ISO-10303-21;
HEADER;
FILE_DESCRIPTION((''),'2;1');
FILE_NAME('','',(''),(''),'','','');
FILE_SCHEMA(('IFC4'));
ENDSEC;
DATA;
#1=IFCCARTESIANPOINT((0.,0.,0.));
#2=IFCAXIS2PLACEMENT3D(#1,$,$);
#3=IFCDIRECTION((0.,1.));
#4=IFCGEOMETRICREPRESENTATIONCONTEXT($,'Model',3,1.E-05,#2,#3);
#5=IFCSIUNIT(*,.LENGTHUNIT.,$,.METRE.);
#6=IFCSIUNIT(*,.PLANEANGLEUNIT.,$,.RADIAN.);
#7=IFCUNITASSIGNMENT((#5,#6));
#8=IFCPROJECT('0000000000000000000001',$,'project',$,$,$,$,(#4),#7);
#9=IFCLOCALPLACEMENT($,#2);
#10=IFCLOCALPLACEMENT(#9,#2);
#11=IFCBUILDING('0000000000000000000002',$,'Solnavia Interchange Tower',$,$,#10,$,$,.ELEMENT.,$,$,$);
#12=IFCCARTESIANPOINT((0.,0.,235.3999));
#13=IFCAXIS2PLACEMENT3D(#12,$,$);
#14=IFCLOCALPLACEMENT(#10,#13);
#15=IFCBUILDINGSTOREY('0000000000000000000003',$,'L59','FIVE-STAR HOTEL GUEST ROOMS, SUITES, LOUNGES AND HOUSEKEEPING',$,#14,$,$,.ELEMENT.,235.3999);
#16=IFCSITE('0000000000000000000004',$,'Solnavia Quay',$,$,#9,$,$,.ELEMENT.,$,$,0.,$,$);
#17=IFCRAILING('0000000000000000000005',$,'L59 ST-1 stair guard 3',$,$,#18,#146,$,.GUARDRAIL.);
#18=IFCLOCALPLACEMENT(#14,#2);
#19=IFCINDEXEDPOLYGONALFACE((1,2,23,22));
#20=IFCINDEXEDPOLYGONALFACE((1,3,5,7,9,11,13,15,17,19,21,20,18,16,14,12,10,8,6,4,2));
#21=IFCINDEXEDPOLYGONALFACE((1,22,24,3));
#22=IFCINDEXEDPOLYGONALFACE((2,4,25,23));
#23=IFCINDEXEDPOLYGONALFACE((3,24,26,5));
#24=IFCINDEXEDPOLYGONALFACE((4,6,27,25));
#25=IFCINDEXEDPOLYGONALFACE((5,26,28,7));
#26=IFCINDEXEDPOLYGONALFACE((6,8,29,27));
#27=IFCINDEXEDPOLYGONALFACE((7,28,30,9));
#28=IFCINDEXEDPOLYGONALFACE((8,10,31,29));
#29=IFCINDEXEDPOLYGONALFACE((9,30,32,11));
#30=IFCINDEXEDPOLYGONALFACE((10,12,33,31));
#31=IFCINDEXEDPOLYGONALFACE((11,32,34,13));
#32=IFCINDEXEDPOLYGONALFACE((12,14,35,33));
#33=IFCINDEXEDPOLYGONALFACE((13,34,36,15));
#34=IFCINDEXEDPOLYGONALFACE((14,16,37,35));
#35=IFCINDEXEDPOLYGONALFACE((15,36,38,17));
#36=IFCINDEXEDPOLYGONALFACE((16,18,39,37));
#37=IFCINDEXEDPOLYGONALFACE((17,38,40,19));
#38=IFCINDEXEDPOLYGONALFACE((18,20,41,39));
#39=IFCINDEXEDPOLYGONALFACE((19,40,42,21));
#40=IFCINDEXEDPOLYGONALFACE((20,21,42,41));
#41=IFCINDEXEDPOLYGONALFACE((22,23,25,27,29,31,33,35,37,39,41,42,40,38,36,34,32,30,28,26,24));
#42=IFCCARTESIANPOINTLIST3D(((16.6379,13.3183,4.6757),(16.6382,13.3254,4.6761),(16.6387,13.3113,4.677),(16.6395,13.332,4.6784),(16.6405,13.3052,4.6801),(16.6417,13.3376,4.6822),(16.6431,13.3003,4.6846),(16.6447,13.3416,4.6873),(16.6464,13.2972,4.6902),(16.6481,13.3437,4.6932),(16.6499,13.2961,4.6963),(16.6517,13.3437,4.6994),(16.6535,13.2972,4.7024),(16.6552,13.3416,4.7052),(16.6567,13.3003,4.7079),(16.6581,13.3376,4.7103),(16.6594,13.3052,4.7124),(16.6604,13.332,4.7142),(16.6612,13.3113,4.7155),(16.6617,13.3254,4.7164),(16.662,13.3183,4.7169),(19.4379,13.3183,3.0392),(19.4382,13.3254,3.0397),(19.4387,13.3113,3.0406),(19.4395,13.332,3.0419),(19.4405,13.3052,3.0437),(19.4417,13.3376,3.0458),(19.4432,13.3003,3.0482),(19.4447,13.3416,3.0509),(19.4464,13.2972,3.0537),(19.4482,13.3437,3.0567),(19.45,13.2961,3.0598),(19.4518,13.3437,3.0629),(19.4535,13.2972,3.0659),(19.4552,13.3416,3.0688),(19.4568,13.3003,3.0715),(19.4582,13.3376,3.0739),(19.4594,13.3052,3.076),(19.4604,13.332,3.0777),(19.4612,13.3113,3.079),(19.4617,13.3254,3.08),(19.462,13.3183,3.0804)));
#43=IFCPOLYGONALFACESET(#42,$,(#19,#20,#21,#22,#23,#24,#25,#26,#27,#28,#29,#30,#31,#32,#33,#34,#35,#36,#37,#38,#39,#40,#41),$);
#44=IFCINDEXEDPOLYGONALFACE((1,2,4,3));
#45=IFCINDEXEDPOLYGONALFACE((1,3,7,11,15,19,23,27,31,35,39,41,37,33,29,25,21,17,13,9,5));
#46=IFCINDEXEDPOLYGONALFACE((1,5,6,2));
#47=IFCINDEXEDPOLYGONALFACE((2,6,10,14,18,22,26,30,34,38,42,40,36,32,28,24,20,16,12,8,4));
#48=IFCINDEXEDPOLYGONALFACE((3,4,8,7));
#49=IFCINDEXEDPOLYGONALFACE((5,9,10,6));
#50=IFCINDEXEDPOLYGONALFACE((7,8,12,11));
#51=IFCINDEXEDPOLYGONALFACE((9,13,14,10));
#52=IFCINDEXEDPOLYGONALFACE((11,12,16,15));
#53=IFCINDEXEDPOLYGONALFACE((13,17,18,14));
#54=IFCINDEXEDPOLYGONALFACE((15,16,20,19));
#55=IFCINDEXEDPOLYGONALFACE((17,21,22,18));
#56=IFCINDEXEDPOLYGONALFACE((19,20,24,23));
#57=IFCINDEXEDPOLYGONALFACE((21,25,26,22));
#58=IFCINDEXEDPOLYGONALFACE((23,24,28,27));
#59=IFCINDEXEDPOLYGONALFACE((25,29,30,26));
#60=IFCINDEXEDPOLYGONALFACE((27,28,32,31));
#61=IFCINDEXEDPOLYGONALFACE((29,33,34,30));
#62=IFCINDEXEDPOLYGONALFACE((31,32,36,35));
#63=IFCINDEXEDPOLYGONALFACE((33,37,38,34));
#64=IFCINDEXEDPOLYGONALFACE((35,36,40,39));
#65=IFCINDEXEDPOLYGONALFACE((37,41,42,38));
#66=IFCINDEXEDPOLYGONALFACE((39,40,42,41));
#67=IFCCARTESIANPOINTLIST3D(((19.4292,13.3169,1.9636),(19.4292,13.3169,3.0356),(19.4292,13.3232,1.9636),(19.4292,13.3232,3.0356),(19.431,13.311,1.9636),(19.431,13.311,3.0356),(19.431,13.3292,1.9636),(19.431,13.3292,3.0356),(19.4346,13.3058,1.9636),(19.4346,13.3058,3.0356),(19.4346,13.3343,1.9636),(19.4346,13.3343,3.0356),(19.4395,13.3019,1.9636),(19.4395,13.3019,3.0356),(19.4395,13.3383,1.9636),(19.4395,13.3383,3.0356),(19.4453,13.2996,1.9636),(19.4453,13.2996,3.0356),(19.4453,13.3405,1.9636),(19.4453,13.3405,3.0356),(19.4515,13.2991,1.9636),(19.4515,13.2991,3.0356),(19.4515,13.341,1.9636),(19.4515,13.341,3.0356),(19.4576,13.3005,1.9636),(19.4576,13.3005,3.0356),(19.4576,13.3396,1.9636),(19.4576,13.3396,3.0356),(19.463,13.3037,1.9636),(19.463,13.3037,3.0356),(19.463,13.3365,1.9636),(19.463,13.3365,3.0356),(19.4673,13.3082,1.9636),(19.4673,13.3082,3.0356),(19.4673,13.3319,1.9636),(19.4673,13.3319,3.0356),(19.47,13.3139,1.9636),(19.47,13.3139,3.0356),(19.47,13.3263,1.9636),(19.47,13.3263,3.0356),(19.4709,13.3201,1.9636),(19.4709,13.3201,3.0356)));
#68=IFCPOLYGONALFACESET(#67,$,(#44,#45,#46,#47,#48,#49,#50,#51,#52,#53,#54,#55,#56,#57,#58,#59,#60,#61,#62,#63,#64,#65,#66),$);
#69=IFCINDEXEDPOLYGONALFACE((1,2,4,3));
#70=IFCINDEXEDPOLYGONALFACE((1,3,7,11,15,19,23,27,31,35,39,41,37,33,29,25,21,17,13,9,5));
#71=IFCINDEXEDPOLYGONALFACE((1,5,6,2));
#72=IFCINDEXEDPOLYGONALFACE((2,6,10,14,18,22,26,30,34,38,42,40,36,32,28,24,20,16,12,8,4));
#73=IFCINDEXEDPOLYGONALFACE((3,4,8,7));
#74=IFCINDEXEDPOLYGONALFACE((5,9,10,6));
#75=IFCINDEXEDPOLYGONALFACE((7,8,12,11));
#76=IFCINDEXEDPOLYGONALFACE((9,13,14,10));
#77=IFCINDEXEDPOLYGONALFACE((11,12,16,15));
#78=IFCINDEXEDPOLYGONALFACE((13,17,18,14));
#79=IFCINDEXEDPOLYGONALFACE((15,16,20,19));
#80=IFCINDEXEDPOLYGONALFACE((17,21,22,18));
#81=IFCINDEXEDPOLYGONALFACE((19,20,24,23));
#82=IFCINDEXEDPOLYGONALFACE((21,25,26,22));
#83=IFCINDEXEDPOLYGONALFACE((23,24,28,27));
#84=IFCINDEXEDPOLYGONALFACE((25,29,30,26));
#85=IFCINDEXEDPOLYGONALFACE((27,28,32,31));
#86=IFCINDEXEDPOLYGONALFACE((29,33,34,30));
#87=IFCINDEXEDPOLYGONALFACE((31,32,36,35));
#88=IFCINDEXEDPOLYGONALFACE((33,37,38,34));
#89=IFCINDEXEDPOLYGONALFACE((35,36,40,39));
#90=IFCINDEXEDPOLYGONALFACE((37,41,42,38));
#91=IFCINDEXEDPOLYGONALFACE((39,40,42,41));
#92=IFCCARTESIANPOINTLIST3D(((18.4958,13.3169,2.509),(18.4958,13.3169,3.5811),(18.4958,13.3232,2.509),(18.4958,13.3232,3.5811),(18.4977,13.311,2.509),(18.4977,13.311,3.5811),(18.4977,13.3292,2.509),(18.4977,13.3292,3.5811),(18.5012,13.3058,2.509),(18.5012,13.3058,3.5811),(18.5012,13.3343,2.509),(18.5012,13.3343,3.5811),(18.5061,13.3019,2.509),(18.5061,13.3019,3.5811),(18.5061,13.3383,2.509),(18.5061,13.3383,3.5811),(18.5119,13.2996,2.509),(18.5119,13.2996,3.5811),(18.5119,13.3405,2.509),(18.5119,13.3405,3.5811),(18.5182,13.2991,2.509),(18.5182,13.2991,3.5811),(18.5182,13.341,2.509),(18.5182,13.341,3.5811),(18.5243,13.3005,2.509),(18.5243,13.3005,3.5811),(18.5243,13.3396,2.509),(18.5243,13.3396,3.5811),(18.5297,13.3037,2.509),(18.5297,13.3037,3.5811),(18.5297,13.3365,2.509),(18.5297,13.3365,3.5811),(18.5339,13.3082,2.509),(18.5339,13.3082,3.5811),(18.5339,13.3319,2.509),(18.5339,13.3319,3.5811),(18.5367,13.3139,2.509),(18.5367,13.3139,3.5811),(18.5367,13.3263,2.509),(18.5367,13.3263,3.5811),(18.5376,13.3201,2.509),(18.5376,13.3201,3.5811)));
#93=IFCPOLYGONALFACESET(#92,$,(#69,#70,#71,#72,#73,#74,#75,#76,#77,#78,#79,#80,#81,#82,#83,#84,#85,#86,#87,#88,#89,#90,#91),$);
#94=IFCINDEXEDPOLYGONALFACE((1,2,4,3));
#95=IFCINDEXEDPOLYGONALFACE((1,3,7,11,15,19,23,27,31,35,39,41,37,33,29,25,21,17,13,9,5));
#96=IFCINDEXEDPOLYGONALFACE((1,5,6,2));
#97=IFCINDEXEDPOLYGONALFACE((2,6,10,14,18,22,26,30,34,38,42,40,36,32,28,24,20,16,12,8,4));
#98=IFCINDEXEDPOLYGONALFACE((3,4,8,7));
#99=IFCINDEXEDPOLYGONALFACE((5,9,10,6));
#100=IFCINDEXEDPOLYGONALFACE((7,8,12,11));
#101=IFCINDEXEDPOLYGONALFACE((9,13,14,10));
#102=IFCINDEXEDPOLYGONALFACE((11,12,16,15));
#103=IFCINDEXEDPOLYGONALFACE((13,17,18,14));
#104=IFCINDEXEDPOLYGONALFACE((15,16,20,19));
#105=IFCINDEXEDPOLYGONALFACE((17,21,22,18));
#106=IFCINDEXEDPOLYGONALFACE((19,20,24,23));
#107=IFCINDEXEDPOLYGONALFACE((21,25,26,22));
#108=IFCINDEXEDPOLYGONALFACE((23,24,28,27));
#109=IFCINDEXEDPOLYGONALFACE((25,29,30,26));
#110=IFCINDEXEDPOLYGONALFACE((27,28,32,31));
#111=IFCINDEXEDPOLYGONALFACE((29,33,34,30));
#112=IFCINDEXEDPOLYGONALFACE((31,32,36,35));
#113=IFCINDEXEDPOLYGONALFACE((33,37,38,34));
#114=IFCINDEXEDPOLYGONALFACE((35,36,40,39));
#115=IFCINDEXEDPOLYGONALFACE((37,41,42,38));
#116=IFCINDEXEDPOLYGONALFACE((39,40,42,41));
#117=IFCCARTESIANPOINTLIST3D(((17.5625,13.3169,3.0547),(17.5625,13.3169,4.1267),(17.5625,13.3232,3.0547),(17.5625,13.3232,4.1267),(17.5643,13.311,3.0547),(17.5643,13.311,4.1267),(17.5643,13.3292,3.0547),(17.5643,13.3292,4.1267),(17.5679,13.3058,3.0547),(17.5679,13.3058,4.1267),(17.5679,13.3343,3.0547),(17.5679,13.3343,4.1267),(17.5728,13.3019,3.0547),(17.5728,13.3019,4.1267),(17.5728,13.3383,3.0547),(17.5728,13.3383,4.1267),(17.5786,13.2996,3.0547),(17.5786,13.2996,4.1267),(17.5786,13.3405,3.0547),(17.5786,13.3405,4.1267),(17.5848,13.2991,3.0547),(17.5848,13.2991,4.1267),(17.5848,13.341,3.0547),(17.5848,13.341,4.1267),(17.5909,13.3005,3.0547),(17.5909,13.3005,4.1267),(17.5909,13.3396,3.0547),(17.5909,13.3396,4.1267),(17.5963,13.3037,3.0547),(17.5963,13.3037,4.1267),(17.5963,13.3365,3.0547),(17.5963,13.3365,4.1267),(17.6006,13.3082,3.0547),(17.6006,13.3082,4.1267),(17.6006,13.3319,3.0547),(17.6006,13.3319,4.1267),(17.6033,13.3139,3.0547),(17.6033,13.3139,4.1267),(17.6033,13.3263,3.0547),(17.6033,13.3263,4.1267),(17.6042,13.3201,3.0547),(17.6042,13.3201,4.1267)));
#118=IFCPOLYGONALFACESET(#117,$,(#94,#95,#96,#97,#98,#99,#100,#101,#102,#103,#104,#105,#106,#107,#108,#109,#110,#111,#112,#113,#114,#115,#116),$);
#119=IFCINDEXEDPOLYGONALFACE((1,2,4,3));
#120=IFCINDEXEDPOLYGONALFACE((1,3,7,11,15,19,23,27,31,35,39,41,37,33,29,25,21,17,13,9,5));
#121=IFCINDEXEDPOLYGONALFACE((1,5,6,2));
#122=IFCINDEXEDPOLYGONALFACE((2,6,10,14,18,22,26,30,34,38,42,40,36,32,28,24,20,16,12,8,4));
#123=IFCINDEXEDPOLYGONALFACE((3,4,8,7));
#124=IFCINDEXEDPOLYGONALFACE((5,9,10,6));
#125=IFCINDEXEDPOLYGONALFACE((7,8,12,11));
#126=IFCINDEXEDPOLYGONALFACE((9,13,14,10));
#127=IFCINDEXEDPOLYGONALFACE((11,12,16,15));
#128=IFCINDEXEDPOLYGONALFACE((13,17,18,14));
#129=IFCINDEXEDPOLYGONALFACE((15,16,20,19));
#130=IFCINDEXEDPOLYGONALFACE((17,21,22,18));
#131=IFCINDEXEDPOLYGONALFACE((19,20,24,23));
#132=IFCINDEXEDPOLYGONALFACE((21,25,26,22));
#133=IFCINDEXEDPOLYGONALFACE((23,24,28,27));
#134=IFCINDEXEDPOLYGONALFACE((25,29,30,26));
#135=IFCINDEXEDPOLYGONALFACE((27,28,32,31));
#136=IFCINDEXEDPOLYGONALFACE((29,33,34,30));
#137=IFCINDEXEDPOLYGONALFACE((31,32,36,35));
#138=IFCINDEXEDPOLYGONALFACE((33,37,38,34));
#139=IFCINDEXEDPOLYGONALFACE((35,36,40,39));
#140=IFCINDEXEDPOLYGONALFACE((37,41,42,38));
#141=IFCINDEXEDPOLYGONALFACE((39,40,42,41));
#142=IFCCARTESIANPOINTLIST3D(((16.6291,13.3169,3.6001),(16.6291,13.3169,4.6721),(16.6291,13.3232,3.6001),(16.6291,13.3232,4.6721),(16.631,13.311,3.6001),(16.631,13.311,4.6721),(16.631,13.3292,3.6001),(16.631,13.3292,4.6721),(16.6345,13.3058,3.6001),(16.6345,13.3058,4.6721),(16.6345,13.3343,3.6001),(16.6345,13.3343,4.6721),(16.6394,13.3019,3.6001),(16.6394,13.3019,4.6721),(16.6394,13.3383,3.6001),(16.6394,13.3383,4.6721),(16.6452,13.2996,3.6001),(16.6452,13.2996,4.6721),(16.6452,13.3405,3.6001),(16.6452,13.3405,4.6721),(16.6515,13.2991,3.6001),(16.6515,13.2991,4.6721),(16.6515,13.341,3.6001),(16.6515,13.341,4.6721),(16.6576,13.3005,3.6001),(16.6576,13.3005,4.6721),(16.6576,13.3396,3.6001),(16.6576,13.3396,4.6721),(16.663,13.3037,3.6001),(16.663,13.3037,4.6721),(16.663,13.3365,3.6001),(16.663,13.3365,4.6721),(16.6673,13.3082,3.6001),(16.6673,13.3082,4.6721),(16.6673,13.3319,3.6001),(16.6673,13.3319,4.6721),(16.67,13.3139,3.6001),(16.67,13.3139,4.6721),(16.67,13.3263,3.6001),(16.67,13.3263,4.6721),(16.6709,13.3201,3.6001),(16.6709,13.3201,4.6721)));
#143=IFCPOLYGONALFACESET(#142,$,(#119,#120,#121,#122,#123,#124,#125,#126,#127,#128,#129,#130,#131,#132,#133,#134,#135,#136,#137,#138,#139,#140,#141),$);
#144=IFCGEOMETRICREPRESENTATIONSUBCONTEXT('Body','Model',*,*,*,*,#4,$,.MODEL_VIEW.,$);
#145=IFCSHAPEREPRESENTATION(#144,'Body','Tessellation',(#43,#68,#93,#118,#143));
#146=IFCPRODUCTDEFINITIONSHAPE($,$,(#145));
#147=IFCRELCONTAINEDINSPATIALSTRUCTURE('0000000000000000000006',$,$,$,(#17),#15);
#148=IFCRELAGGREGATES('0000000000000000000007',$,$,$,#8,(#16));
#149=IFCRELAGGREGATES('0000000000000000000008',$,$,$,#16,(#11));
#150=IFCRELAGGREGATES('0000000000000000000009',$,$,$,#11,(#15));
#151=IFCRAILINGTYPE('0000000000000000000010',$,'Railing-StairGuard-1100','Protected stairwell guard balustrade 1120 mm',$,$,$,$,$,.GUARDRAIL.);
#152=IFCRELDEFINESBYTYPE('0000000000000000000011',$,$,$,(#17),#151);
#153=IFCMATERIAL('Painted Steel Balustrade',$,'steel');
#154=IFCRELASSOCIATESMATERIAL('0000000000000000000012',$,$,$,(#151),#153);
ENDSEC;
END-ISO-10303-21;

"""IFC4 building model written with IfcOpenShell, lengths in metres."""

from ifc_helpers import new_model, si_unit, direction, frame, origin, origin_2d, place, context, subcontext, project, spatial, circle, extrude, material, type_object, element, save


model = new_model("IFC4")

# Units and contexts
model_context = context("Model", 3, precision=1e-05, world=origin(), true_north=direction((0.0, 1.0)))
body_context = subcontext(model_context, "Body", "Model", "MODEL_VIEW")
ifc_project = project(units=[si_unit("LENGTHUNIT", "METRE"), si_unit("PLANEANGLEUNIT", "RADIAN")], contexts=[model_context])

# Site, building, storey
site_placement = place(None, origin())
site = spatial("IfcSite", under=ifc_project, at=site_placement, Name="Solnavia Quay", CompositionType="ELEMENT", RefElevation=0.0)
building_placement = place(site_placement, origin())
building = spatial("IfcBuilding", under=site, at=building_placement, Name="Solnavia Interchange Tower", CompositionType="ELEMENT")
storey_placement = place(building_placement, frame((0.0, 0.0, 235.3999)))
storey = spatial("IfcBuildingStorey", under=building, at=storey_placement, Name="L59", Description="FIVE-STAR HOTEL GUEST ROOMS, SUITES, LOUNGES AND HOUSEKEEPING", CompositionType="ELEMENT", Elevation=235.3999)

# Railing
ifc_material_1 = material(Name="Painted Steel Balustrade", Category="steel")
railing_type_1 = type_object("IfcRailingType", Name="Railing-StairGuard-1100", Description="Protected stairwell guard balustrade 1120 mm", PredefinedType="GUARDRAIL", material=ifc_material_1)
railing_1_placement = place(storey_placement, frame((19.45, 13.3201, 1.9636)))
element("IfcRailing", 1, at=railing_1_placement, inside=storey, type_object=railing_type_1, Name="L59 ST-1 stair guard 3", PredefinedType="GUARDRAIL", context=body_context, shape_type="SweptSolid", body=[
    extrude(circle(Radius=0.0239, at=origin_2d()), frame((0.0, 0.0, 1.0962), z_axis=(-0.863361, 0.0, 0.504587), x_axis=(0.0, -1.0, 0.0)), (0.0, 0.0, 1.0), 3.2432),
    extrude(circle(Radius=0.021, at=origin_2d()), origin(), (0.0, 0.0, 1.0), 1.072),
    extrude(circle(Radius=0.021, at=origin_2d()), frame((-0.9333, 0.0, 0.5454)), (0.0, 0.0, 1.0), 1.072),
    extrude(circle(Radius=0.021, at=origin_2d()), frame((-1.8667, 0.0, 1.0911)), (0.0, 0.0, 1.0), 1.072),
    extrude(circle(Radius=0.021, at=origin_2d()), frame((-2.8, 0.0, 1.6365)), (0.0, 0.0, 1.0), 1.072),
])

save(model, "model.ifc")
